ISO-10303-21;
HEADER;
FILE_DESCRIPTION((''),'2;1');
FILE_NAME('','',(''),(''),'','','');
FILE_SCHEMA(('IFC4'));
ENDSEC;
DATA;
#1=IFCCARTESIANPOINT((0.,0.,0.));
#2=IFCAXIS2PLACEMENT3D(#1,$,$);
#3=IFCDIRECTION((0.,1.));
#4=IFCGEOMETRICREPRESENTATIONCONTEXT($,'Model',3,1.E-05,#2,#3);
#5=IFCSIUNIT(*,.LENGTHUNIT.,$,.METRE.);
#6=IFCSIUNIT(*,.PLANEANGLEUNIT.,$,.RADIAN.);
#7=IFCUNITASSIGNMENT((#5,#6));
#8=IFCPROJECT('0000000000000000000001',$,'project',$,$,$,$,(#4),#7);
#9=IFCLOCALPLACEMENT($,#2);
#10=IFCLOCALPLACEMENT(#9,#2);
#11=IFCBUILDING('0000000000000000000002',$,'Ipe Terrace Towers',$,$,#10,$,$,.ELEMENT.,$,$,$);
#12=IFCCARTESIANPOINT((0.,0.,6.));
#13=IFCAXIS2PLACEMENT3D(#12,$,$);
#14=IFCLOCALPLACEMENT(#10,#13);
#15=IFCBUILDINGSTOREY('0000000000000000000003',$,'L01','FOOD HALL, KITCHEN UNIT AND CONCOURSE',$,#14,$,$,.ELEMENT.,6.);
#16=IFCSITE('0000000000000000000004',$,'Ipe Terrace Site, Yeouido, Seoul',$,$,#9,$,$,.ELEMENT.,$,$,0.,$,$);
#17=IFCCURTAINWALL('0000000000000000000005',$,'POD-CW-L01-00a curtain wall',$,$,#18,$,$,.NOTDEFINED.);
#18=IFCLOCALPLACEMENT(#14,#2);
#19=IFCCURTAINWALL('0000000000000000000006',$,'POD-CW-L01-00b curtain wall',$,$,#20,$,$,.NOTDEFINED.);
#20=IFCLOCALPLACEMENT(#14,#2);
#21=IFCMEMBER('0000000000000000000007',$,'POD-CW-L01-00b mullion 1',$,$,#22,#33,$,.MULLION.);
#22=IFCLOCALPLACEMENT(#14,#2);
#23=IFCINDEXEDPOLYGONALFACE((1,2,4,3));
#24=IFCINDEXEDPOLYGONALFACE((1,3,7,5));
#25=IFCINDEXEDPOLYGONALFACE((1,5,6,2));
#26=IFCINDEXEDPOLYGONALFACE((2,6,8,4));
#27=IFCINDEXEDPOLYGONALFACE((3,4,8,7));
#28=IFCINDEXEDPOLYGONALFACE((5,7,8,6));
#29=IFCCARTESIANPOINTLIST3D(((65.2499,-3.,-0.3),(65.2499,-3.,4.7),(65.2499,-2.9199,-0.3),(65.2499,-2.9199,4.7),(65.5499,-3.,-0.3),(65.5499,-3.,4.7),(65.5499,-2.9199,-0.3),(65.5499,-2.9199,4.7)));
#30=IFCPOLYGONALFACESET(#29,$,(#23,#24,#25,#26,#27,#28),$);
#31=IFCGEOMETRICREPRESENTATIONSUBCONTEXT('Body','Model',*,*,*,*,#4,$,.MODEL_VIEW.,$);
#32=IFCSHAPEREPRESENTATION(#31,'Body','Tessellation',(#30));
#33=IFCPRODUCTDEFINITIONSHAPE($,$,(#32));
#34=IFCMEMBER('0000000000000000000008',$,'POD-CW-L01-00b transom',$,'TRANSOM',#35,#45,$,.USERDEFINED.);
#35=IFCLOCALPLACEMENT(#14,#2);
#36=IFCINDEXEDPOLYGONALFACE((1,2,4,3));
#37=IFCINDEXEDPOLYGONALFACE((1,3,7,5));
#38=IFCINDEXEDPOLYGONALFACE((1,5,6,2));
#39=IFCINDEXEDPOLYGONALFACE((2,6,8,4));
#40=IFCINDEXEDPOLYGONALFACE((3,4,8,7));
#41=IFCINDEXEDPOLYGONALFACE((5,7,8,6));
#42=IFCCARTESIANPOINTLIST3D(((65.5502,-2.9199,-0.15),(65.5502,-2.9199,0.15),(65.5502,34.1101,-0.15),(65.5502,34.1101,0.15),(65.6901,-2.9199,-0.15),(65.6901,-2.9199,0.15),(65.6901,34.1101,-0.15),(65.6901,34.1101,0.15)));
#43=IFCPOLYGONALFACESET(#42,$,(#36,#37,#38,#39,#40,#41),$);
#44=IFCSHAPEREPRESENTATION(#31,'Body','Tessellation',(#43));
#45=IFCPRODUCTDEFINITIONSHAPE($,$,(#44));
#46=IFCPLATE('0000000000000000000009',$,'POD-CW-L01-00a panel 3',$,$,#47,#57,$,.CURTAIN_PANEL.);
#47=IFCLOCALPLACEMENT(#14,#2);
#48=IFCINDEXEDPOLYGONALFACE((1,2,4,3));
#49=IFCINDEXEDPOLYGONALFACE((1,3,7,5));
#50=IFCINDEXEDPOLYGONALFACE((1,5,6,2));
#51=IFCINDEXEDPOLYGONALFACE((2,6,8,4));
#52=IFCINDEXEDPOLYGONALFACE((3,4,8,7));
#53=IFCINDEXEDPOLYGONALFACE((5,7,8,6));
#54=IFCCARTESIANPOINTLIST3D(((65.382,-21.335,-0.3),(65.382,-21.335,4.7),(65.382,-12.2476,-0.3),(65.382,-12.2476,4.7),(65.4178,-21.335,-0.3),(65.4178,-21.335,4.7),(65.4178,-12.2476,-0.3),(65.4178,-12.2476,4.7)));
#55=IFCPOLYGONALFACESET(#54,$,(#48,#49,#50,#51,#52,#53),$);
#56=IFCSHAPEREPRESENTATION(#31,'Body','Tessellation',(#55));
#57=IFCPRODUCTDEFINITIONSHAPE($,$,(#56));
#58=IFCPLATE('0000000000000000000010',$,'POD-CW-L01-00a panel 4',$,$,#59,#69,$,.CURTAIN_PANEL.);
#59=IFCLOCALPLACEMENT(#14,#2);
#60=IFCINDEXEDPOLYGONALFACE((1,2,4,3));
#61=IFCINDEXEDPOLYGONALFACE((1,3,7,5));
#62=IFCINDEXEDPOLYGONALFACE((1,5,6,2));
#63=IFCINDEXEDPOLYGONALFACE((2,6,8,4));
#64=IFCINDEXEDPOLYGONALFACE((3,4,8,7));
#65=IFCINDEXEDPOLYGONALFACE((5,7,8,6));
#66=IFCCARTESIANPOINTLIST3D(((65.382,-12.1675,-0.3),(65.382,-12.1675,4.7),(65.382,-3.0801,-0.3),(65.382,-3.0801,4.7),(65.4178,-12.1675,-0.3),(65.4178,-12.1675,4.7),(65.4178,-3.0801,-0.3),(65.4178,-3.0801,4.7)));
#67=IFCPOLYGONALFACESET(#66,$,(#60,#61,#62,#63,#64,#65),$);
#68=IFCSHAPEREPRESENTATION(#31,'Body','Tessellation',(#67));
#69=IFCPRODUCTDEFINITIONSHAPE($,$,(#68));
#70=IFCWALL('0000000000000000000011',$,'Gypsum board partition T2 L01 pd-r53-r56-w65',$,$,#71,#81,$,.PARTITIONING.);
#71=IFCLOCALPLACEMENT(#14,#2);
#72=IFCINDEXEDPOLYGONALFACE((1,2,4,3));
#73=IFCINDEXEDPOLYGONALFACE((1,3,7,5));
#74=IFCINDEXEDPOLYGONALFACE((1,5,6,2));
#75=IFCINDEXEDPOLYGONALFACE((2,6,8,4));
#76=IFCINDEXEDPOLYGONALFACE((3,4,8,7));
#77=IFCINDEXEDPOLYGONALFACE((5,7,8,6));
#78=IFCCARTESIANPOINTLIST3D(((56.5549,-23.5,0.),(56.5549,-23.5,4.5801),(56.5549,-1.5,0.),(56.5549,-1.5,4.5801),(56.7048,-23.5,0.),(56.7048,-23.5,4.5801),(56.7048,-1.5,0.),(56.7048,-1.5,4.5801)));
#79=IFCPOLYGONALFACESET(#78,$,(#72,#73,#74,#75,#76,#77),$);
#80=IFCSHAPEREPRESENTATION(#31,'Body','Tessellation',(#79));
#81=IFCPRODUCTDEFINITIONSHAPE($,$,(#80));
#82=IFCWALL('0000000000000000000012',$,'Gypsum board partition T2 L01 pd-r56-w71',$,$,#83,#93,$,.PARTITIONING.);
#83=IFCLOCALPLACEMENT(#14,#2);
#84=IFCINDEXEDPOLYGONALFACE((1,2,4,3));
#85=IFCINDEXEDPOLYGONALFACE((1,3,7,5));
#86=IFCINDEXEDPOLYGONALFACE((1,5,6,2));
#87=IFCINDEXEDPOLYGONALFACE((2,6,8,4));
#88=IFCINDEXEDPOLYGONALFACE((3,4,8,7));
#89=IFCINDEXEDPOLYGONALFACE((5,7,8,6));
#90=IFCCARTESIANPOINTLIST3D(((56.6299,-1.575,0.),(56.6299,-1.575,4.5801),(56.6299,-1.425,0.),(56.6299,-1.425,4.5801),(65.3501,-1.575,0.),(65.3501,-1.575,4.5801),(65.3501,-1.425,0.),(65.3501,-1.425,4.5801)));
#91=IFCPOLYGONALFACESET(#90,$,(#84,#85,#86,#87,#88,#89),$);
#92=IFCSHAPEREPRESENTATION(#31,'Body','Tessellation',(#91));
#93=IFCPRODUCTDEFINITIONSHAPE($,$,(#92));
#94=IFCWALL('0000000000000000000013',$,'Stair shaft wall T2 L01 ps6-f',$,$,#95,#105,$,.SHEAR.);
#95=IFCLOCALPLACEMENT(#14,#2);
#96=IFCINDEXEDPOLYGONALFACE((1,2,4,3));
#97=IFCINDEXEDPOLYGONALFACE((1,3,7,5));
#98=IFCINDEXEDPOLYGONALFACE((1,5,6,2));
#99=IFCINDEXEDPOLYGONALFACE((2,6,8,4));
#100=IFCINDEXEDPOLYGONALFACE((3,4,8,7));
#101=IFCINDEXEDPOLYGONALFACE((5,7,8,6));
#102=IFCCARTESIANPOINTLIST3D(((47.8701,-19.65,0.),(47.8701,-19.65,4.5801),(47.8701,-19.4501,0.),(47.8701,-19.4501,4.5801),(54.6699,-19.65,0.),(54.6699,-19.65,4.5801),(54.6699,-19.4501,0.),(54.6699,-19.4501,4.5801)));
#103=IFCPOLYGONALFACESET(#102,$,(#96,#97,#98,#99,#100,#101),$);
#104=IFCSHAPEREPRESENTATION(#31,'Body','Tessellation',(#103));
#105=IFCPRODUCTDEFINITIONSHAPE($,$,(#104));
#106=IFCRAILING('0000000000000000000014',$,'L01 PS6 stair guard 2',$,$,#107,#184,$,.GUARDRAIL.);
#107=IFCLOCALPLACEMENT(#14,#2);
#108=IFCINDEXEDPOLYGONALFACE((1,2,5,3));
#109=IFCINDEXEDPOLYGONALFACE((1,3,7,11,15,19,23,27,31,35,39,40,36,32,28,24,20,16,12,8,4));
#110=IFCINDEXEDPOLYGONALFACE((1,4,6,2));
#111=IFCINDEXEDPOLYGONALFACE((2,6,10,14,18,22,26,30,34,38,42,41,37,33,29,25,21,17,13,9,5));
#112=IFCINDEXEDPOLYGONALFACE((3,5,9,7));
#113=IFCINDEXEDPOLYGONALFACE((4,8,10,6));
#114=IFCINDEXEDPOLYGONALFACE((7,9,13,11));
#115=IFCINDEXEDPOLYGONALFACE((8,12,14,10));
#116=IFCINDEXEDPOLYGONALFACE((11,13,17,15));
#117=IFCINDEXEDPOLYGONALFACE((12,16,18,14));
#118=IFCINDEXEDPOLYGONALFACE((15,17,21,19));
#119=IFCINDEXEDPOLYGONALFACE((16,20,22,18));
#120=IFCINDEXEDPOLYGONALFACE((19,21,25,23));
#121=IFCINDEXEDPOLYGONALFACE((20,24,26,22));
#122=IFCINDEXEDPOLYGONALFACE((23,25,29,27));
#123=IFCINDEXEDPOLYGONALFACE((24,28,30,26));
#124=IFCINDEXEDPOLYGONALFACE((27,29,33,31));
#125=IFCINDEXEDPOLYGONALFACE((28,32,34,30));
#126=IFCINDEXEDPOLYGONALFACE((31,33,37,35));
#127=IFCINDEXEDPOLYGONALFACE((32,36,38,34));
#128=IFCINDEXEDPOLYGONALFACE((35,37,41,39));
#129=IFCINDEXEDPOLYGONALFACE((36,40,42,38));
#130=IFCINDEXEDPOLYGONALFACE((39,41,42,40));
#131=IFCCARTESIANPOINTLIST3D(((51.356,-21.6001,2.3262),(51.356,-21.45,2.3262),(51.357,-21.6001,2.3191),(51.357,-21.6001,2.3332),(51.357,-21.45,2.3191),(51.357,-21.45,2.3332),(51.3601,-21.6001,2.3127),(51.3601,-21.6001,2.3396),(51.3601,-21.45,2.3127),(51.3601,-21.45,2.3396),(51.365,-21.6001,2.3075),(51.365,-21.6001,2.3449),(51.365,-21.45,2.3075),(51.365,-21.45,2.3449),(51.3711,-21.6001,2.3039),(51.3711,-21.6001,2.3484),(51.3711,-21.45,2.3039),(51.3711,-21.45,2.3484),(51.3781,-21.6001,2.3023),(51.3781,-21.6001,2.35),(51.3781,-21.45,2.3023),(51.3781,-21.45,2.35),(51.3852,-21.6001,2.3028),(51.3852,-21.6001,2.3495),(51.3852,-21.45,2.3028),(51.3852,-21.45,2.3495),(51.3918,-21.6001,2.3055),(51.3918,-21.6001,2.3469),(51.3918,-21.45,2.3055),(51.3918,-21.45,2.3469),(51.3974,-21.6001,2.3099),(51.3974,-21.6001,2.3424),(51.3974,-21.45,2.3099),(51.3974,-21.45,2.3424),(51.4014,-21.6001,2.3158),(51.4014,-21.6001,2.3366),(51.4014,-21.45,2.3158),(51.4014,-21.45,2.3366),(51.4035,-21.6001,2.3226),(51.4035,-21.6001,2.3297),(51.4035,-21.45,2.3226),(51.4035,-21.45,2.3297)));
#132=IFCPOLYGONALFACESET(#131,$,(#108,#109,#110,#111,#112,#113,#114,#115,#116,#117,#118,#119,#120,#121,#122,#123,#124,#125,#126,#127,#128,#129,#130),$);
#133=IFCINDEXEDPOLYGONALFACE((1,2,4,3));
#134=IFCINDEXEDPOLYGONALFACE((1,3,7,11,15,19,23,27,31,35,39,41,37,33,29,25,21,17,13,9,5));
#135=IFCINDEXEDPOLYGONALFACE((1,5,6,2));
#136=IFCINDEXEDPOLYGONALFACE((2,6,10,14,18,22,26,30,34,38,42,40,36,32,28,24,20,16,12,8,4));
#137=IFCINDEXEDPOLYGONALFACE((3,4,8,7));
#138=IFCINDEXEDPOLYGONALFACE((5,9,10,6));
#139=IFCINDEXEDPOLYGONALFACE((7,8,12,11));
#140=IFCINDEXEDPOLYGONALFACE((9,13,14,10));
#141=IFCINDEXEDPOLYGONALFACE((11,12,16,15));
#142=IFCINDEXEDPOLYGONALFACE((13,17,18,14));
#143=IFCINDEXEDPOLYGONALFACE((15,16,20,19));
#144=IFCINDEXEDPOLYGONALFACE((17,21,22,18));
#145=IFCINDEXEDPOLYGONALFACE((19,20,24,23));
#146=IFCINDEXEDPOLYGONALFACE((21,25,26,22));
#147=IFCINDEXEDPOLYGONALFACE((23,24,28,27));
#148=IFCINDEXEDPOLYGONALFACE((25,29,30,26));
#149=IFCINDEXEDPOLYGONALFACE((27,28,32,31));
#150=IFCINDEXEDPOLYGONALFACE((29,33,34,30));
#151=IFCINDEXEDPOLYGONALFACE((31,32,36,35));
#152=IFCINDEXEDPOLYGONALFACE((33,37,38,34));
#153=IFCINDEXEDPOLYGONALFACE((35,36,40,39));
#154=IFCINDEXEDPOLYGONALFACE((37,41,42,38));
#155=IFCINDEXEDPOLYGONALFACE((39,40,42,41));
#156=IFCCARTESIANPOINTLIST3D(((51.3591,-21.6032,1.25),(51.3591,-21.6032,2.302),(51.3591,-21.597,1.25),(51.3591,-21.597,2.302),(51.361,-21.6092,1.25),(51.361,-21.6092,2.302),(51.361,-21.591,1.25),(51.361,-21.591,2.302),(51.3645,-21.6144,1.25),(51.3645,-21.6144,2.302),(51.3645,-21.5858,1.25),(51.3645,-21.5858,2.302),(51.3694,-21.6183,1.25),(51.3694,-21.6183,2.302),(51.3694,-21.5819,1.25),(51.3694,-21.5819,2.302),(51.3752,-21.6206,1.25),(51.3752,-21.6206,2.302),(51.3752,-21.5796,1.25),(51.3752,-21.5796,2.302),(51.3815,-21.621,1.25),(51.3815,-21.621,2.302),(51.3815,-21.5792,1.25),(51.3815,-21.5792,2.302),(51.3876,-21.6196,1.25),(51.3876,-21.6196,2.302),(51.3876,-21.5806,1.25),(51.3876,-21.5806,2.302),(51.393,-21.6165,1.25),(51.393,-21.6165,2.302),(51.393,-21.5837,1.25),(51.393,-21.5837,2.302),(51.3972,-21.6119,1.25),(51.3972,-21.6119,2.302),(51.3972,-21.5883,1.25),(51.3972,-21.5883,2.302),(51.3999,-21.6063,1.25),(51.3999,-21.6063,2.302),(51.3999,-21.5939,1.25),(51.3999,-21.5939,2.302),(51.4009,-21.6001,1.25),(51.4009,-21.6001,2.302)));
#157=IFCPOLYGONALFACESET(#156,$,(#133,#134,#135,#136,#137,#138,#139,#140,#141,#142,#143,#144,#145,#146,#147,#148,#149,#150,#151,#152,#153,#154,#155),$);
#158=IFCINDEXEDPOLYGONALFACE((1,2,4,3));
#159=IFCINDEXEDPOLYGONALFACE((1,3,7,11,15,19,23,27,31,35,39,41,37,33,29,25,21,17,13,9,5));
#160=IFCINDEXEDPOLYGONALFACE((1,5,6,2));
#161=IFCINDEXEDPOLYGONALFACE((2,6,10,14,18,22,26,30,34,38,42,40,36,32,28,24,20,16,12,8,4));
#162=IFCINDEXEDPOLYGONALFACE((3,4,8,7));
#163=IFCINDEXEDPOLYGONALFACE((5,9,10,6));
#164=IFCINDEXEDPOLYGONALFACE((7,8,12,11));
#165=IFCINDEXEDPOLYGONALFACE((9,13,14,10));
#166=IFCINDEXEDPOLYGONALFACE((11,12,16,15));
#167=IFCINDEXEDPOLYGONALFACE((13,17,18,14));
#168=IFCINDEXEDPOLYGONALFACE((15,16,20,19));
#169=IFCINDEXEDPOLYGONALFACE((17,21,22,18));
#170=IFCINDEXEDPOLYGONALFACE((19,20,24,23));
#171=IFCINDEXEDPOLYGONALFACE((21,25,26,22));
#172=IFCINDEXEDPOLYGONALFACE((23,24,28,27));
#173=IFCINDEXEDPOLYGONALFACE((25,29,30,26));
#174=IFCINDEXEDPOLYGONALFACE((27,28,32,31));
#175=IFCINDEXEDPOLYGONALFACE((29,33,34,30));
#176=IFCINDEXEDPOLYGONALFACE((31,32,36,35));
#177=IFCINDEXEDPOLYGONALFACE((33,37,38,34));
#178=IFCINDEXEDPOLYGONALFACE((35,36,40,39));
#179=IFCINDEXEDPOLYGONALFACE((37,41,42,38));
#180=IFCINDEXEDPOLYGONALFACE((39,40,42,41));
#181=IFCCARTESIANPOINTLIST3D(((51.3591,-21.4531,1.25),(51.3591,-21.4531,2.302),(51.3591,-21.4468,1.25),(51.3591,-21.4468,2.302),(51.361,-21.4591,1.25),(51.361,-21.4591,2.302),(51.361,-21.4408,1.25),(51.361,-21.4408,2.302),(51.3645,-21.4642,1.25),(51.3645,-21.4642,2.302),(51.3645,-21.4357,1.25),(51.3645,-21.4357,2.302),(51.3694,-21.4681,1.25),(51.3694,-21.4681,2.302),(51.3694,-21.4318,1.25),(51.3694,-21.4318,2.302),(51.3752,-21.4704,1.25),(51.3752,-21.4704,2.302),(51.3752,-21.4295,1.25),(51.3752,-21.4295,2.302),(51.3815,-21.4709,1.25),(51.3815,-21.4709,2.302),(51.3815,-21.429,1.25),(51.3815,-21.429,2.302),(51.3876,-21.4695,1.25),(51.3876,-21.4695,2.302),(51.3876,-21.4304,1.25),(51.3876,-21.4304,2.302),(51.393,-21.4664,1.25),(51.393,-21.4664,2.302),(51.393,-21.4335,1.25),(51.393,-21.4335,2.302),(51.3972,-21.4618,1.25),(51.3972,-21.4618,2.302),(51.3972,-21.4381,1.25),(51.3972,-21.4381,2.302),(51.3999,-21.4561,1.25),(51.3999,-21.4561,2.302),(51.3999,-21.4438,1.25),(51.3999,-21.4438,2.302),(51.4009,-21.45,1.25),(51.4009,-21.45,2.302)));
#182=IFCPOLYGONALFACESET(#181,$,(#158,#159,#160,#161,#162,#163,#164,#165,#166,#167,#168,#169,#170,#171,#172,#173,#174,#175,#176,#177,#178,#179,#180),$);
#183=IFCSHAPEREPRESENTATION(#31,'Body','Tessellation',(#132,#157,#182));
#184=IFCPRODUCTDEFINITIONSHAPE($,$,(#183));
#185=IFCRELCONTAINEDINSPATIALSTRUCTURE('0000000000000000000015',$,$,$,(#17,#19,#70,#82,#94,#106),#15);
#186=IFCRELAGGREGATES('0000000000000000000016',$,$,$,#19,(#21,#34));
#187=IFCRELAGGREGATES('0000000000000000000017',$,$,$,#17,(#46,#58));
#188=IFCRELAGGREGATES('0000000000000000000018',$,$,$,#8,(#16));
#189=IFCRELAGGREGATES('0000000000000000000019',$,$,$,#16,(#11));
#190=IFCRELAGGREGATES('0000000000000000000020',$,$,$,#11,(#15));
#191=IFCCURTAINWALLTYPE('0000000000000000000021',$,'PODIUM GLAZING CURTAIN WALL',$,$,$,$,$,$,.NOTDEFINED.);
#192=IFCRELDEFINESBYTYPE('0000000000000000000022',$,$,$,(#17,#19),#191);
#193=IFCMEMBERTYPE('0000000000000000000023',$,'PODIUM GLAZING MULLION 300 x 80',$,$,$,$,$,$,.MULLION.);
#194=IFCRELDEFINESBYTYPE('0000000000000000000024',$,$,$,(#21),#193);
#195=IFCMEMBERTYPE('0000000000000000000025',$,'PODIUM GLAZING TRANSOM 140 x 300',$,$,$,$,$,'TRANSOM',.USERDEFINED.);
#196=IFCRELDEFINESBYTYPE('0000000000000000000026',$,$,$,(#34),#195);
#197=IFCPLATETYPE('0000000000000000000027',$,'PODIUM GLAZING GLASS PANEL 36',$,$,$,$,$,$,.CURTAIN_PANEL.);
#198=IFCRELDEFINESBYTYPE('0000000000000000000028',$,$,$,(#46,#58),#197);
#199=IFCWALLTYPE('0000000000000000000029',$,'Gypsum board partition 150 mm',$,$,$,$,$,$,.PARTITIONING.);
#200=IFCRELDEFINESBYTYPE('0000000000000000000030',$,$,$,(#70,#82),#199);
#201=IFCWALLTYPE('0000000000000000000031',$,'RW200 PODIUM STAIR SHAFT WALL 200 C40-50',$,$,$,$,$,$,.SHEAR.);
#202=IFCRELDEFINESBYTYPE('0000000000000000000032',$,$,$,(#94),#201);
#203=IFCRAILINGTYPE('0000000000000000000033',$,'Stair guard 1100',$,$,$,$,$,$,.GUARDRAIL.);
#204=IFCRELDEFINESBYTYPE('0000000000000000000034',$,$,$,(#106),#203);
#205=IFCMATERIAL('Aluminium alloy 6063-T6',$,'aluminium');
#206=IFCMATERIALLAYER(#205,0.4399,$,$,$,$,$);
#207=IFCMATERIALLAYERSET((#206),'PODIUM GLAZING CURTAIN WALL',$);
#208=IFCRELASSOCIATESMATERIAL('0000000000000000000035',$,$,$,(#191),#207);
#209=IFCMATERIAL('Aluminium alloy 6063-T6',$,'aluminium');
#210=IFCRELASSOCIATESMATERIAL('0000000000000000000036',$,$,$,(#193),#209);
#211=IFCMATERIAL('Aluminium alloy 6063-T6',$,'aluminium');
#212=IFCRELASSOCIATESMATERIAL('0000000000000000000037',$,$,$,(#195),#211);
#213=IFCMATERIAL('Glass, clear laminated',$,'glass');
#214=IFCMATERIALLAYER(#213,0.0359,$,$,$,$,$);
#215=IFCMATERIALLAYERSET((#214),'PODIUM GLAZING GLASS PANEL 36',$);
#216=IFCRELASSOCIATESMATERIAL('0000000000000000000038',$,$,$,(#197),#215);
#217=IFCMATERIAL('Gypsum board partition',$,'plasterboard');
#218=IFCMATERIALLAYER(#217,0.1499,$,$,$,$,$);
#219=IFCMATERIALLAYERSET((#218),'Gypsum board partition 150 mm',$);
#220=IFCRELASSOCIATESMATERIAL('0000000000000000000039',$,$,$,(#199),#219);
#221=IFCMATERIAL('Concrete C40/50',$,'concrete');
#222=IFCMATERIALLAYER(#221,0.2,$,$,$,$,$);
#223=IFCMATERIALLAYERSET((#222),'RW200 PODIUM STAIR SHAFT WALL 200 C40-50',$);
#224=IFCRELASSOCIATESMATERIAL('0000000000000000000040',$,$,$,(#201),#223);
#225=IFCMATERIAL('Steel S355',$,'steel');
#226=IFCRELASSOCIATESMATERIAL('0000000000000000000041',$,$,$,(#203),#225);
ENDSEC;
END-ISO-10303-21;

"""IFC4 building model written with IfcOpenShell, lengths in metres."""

from ifc_helpers import new_model, si_unit, direction, frame, frame_2d, origin, origin_2d, place, context, subcontext, project, spatial, rectangle, circle, extrude, material, layer, layer_set, material_profile, profile_set, type_object, element, aggregate, save


model = new_model("IFC4")

# Units and contexts
model_context = context("Model", 3, precision=1e-05, world=origin(), true_north=direction((0.0, 1.0)))
body_context = subcontext(model_context, "Body", "Model", "MODEL_VIEW")
ifc_project = project(units=[si_unit("LENGTHUNIT", "METRE"), si_unit("PLANEANGLEUNIT", "RADIAN")], contexts=[model_context])

# Site, building, storey
site_placement = place(None, origin())
site = spatial("IfcSite", under=ifc_project, at=site_placement, Name="Ipe Terrace Site, Yeouido, Seoul", CompositionType="ELEMENT", RefElevation=0.0)
building_placement = place(site_placement, origin())
building = spatial("IfcBuilding", under=site, at=building_placement, Name="Ipe Terrace Towers", CompositionType="ELEMENT")
storey_placement = place(building_placement, frame((0.0, 0.0, 6.0)))
storey = spatial("IfcBuildingStorey", under=building, at=storey_placement, Name="L01", Description="FOOD HALL, KITCHEN UNIT AND CONCOURSE", CompositionType="ELEMENT", Elevation=6.0)

# Curtain walls, members
ifc_material_1 = material(Name="Aluminium alloy 6063-T6", Category="aluminium")
ifc_layer_1 = layer(ifc_material_1, 0.4399)
ifc_layer_set_1 = layer_set([ifc_layer_1], Name="PODIUM GLAZING CURTAIN WALL")
curtain_wall_type = type_object("IfcCurtainWallType", Name="PODIUM GLAZING CURTAIN WALL", PredefinedType="NOTDEFINED", material=ifc_layer_set_1)
curtain_wall_1_placement = place(storey_placement, origin())
curtain_wall_1 = element("IfcCurtainWall", 1, at=curtain_wall_1_placement, inside=storey, type_object=curtain_wall_type, Name="POD-CW-L01-00a curtain wall", PredefinedType="NOTDEFINED")
ifc_material_2 = material(Name="Aluminium alloy 6063-T6", Category="aluminium")
ifc_material_profile_1 = material_profile(ifc_material_2, rectangle(XDim=0.3, YDim=0.0801, at=origin_2d()), Name="PODIUM GLAZING MULLION 300 x 80")
ifc_profile_set_1 = profile_set([ifc_material_profile_1], Name="Aluminium alloy 6063-T6")
member_type_1 = type_object("IfcMemberType", Name="PODIUM GLAZING MULLION 300 x 80", PredefinedType="MULLION", material=ifc_profile_set_1)
curtain_wall_2_placement = place(storey_placement, origin())
curtain_wall_2 = element("IfcCurtainWall", 2, at=curtain_wall_2_placement, inside=storey, type_object=curtain_wall_type, Name="POD-CW-L01-00b curtain wall", PredefinedType="NOTDEFINED")
member_1_placement = place(storey_placement, frame((65.3999, -2.96, -0.3), z_axis=(0.0, 0.0, 1.0), x_axis=(1.0, 0.0, 0.0)))
member_1 = element("IfcMember", 3, at=member_1_placement, type_object=member_type_1, Name="POD-CW-L01-00b mullion 1", PredefinedType="MULLION", context=body_context, shape_type="SweptSolid", body=[
    extrude(rectangle(XDim=0.3, YDim=0.0801, at=origin_2d()), origin(), (0.0, 0.0, 1.0), 5.0),
])
ifc_material_3 = material(Name="Aluminium alloy 6063-T6", Category="aluminium")
ifc_material_profile_2 = material_profile(ifc_material_3, rectangle(XDim=0.1399, YDim=0.3, at=origin_2d()), Name="PODIUM GLAZING TRANSOM 140 x 300")
ifc_profile_set_2 = profile_set([ifc_material_profile_2], Name="Aluminium alloy 6063-T6")
member_type_2 = type_object("IfcMemberType", Name="PODIUM GLAZING TRANSOM 140 x 300", ElementType="TRANSOM", PredefinedType="USERDEFINED", material=ifc_profile_set_2)
member_2_placement = place(storey_placement, frame((65.6201, -2.9199, 0.0), z_axis=(0.0, 1.0, 0.0), x_axis=(1.0, 0.0, 0.0)))
member_2 = element("IfcMember", 4, at=member_2_placement, type_object=member_type_2, Name="POD-CW-L01-00b transom", ObjectType="TRANSOM", PredefinedType="USERDEFINED", context=body_context, shape_type="SweptSolid", body=[
    extrude(rectangle(XDim=0.1399, YDim=0.3, at=origin_2d()), origin(), (0.0, 0.0, 1.0), 37.03),
])
aggregate(curtain_wall_2, [member_1, member_2])

# Plates
ifc_material_4 = material(Name="Glass, clear laminated", Category="glass")
ifc_layer_2 = layer(ifc_material_4, 0.0359)
ifc_layer_set_2 = layer_set([ifc_layer_2], Name="PODIUM GLAZING GLASS PANEL 36")
plate_type = type_object("IfcPlateType", Name="PODIUM GLAZING GLASS PANEL 36", PredefinedType="CURTAIN_PANEL", material=ifc_layer_set_2)
plate_1_placement = place(storey_placement, frame((65.3999, -16.7913, -0.3), z_axis=(0.0, 0.0, 1.0), x_axis=(0.0, 1.0, 0.0)))
plate_1 = element("IfcPlate", 5, at=plate_1_placement, type_object=plate_type, Name="POD-CW-L01-00a panel 3", PredefinedType="CURTAIN_PANEL", context=body_context, shape_type="SweptSolid", body=[
    extrude(rectangle(XDim=9.0874, YDim=0.0359, at=origin_2d()), origin(), (0.0, 0.0, 1.0), 5.0),
])
plate_2_placement = place(storey_placement, frame((65.3999, -7.6238, -0.3), z_axis=(0.0, 0.0, 1.0), x_axis=(0.0, 1.0, 0.0)))
plate_2 = element("IfcPlate", 6, at=plate_2_placement, type_object=plate_type, Name="POD-CW-L01-00a panel 4", PredefinedType="CURTAIN_PANEL", context=body_context, shape_type="SweptSolid", body=[
    extrude(rectangle(XDim=9.0874, YDim=0.0359, at=origin_2d()), origin(), (0.0, 0.0, 1.0), 5.0),
])
aggregate(curtain_wall_1, [plate_1, plate_2])

# Walls
ifc_material_5 = material(Name="Gypsum board partition", Category="plasterboard")
ifc_layer_3 = layer(ifc_material_5, 0.1499)
ifc_layer_set_3 = layer_set([ifc_layer_3], Name="Gypsum board partition 150 mm")
wall_type_1 = type_object("IfcWallType", Name="Gypsum board partition 150 mm", PredefinedType="PARTITIONING", material=ifc_layer_set_3)
wall_1_placement = place(storey_placement, frame((56.6299, -1.5, 0.0), z_axis=(0.0, 0.0, 1.0), x_axis=(0.0, -1.0, 0.0)))
element("IfcWall", 7, at=wall_1_placement, inside=storey, type_object=wall_type_1, Name="Gypsum board partition T2 L01 pd-r53-r56-w65", PredefinedType="PARTITIONING", context=body_context, shape_type="SweptSolid", body=[
    extrude(rectangle(XDim=22.0, YDim=0.1499, at=frame_2d((11.0, 0.0))), origin(), (0.0, 0.0, 1.0), 4.5801),
])
wall_2_placement = place(storey_placement, frame((56.6299, -1.5, 0.0), z_axis=(0.0, 0.0, 1.0), x_axis=(1.0, 0.0, 0.0)))
element("IfcWall", 8, at=wall_2_placement, inside=storey, type_object=wall_type_1, Name="Gypsum board partition T2 L01 pd-r56-w71", PredefinedType="PARTITIONING", context=body_context, shape_type="SweptSolid", body=[
    extrude(rectangle(XDim=8.7202, YDim=0.1499, at=frame_2d((4.3601, 0.0))), origin(), (0.0, 0.0, 1.0), 4.5801),
])
ifc_material_6 = material(Name="Concrete C40/50", Category="concrete")
ifc_layer_4 = layer(ifc_material_6, 0.2)
ifc_layer_set_4 = layer_set([ifc_layer_4], Name="RW200 PODIUM STAIR SHAFT WALL 200 C40-50")
wall_type_2 = type_object("IfcWallType", Name="RW200 PODIUM STAIR SHAFT WALL 200 C40-50", PredefinedType="SHEAR", material=ifc_layer_set_4)
wall_3_placement = place(storey_placement, frame((47.8701, -19.55, 0.0), z_axis=(0.0, 0.0, 1.0), x_axis=(1.0, 0.0, 0.0)))
element("IfcWall", 9, at=wall_3_placement, inside=storey, type_object=wall_type_2, Name="Stair shaft wall T2 L01 ps6-f", PredefinedType="SHEAR", context=body_context, shape_type="SweptSolid", body=[
    extrude(rectangle(XDim=6.7998, YDim=0.2, at=frame_2d((3.3999, 0.0))), origin(), (0.0, 0.0, 1.0), 4.5801),
])

# Railing
ifc_material_7 = material(Name="Steel S355", Category="steel")
railing_type_1 = type_object("IfcRailingType", Name="Stair guard 1100", PredefinedType="GUARDRAIL", material=ifc_material_7)
railing_1_placement = place(storey_placement, frame((51.3799, -21.6001, 1.25)))
element("IfcRailing", 10, at=railing_1_placement, inside=storey, type_object=railing_type_1, Name="L01 PS6 stair guard 2", PredefinedType="GUARDRAIL", context=body_context, shape_type="SweptSolid", body=[
    extrude(circle(Radius=0.0239, at=origin_2d()), frame((0.0, 0.0, 1.0762), z_axis=(0.0, 1.0, 0.0), x_axis=(-1.0, 0.0, 0.0)), (0.0, 0.0, 1.0), 0.1501),
    extrude(circle(Radius=0.021, at=origin_2d()), origin(), (0.0, 0.0, 1.0), 1.052),
    extrude(circle(Radius=0.021, at=origin_2d()), frame((0.0, 0.1501, 0.0)), (0.0, 0.0, 1.0), 1.052),
])

save(model, "model.ifc")
